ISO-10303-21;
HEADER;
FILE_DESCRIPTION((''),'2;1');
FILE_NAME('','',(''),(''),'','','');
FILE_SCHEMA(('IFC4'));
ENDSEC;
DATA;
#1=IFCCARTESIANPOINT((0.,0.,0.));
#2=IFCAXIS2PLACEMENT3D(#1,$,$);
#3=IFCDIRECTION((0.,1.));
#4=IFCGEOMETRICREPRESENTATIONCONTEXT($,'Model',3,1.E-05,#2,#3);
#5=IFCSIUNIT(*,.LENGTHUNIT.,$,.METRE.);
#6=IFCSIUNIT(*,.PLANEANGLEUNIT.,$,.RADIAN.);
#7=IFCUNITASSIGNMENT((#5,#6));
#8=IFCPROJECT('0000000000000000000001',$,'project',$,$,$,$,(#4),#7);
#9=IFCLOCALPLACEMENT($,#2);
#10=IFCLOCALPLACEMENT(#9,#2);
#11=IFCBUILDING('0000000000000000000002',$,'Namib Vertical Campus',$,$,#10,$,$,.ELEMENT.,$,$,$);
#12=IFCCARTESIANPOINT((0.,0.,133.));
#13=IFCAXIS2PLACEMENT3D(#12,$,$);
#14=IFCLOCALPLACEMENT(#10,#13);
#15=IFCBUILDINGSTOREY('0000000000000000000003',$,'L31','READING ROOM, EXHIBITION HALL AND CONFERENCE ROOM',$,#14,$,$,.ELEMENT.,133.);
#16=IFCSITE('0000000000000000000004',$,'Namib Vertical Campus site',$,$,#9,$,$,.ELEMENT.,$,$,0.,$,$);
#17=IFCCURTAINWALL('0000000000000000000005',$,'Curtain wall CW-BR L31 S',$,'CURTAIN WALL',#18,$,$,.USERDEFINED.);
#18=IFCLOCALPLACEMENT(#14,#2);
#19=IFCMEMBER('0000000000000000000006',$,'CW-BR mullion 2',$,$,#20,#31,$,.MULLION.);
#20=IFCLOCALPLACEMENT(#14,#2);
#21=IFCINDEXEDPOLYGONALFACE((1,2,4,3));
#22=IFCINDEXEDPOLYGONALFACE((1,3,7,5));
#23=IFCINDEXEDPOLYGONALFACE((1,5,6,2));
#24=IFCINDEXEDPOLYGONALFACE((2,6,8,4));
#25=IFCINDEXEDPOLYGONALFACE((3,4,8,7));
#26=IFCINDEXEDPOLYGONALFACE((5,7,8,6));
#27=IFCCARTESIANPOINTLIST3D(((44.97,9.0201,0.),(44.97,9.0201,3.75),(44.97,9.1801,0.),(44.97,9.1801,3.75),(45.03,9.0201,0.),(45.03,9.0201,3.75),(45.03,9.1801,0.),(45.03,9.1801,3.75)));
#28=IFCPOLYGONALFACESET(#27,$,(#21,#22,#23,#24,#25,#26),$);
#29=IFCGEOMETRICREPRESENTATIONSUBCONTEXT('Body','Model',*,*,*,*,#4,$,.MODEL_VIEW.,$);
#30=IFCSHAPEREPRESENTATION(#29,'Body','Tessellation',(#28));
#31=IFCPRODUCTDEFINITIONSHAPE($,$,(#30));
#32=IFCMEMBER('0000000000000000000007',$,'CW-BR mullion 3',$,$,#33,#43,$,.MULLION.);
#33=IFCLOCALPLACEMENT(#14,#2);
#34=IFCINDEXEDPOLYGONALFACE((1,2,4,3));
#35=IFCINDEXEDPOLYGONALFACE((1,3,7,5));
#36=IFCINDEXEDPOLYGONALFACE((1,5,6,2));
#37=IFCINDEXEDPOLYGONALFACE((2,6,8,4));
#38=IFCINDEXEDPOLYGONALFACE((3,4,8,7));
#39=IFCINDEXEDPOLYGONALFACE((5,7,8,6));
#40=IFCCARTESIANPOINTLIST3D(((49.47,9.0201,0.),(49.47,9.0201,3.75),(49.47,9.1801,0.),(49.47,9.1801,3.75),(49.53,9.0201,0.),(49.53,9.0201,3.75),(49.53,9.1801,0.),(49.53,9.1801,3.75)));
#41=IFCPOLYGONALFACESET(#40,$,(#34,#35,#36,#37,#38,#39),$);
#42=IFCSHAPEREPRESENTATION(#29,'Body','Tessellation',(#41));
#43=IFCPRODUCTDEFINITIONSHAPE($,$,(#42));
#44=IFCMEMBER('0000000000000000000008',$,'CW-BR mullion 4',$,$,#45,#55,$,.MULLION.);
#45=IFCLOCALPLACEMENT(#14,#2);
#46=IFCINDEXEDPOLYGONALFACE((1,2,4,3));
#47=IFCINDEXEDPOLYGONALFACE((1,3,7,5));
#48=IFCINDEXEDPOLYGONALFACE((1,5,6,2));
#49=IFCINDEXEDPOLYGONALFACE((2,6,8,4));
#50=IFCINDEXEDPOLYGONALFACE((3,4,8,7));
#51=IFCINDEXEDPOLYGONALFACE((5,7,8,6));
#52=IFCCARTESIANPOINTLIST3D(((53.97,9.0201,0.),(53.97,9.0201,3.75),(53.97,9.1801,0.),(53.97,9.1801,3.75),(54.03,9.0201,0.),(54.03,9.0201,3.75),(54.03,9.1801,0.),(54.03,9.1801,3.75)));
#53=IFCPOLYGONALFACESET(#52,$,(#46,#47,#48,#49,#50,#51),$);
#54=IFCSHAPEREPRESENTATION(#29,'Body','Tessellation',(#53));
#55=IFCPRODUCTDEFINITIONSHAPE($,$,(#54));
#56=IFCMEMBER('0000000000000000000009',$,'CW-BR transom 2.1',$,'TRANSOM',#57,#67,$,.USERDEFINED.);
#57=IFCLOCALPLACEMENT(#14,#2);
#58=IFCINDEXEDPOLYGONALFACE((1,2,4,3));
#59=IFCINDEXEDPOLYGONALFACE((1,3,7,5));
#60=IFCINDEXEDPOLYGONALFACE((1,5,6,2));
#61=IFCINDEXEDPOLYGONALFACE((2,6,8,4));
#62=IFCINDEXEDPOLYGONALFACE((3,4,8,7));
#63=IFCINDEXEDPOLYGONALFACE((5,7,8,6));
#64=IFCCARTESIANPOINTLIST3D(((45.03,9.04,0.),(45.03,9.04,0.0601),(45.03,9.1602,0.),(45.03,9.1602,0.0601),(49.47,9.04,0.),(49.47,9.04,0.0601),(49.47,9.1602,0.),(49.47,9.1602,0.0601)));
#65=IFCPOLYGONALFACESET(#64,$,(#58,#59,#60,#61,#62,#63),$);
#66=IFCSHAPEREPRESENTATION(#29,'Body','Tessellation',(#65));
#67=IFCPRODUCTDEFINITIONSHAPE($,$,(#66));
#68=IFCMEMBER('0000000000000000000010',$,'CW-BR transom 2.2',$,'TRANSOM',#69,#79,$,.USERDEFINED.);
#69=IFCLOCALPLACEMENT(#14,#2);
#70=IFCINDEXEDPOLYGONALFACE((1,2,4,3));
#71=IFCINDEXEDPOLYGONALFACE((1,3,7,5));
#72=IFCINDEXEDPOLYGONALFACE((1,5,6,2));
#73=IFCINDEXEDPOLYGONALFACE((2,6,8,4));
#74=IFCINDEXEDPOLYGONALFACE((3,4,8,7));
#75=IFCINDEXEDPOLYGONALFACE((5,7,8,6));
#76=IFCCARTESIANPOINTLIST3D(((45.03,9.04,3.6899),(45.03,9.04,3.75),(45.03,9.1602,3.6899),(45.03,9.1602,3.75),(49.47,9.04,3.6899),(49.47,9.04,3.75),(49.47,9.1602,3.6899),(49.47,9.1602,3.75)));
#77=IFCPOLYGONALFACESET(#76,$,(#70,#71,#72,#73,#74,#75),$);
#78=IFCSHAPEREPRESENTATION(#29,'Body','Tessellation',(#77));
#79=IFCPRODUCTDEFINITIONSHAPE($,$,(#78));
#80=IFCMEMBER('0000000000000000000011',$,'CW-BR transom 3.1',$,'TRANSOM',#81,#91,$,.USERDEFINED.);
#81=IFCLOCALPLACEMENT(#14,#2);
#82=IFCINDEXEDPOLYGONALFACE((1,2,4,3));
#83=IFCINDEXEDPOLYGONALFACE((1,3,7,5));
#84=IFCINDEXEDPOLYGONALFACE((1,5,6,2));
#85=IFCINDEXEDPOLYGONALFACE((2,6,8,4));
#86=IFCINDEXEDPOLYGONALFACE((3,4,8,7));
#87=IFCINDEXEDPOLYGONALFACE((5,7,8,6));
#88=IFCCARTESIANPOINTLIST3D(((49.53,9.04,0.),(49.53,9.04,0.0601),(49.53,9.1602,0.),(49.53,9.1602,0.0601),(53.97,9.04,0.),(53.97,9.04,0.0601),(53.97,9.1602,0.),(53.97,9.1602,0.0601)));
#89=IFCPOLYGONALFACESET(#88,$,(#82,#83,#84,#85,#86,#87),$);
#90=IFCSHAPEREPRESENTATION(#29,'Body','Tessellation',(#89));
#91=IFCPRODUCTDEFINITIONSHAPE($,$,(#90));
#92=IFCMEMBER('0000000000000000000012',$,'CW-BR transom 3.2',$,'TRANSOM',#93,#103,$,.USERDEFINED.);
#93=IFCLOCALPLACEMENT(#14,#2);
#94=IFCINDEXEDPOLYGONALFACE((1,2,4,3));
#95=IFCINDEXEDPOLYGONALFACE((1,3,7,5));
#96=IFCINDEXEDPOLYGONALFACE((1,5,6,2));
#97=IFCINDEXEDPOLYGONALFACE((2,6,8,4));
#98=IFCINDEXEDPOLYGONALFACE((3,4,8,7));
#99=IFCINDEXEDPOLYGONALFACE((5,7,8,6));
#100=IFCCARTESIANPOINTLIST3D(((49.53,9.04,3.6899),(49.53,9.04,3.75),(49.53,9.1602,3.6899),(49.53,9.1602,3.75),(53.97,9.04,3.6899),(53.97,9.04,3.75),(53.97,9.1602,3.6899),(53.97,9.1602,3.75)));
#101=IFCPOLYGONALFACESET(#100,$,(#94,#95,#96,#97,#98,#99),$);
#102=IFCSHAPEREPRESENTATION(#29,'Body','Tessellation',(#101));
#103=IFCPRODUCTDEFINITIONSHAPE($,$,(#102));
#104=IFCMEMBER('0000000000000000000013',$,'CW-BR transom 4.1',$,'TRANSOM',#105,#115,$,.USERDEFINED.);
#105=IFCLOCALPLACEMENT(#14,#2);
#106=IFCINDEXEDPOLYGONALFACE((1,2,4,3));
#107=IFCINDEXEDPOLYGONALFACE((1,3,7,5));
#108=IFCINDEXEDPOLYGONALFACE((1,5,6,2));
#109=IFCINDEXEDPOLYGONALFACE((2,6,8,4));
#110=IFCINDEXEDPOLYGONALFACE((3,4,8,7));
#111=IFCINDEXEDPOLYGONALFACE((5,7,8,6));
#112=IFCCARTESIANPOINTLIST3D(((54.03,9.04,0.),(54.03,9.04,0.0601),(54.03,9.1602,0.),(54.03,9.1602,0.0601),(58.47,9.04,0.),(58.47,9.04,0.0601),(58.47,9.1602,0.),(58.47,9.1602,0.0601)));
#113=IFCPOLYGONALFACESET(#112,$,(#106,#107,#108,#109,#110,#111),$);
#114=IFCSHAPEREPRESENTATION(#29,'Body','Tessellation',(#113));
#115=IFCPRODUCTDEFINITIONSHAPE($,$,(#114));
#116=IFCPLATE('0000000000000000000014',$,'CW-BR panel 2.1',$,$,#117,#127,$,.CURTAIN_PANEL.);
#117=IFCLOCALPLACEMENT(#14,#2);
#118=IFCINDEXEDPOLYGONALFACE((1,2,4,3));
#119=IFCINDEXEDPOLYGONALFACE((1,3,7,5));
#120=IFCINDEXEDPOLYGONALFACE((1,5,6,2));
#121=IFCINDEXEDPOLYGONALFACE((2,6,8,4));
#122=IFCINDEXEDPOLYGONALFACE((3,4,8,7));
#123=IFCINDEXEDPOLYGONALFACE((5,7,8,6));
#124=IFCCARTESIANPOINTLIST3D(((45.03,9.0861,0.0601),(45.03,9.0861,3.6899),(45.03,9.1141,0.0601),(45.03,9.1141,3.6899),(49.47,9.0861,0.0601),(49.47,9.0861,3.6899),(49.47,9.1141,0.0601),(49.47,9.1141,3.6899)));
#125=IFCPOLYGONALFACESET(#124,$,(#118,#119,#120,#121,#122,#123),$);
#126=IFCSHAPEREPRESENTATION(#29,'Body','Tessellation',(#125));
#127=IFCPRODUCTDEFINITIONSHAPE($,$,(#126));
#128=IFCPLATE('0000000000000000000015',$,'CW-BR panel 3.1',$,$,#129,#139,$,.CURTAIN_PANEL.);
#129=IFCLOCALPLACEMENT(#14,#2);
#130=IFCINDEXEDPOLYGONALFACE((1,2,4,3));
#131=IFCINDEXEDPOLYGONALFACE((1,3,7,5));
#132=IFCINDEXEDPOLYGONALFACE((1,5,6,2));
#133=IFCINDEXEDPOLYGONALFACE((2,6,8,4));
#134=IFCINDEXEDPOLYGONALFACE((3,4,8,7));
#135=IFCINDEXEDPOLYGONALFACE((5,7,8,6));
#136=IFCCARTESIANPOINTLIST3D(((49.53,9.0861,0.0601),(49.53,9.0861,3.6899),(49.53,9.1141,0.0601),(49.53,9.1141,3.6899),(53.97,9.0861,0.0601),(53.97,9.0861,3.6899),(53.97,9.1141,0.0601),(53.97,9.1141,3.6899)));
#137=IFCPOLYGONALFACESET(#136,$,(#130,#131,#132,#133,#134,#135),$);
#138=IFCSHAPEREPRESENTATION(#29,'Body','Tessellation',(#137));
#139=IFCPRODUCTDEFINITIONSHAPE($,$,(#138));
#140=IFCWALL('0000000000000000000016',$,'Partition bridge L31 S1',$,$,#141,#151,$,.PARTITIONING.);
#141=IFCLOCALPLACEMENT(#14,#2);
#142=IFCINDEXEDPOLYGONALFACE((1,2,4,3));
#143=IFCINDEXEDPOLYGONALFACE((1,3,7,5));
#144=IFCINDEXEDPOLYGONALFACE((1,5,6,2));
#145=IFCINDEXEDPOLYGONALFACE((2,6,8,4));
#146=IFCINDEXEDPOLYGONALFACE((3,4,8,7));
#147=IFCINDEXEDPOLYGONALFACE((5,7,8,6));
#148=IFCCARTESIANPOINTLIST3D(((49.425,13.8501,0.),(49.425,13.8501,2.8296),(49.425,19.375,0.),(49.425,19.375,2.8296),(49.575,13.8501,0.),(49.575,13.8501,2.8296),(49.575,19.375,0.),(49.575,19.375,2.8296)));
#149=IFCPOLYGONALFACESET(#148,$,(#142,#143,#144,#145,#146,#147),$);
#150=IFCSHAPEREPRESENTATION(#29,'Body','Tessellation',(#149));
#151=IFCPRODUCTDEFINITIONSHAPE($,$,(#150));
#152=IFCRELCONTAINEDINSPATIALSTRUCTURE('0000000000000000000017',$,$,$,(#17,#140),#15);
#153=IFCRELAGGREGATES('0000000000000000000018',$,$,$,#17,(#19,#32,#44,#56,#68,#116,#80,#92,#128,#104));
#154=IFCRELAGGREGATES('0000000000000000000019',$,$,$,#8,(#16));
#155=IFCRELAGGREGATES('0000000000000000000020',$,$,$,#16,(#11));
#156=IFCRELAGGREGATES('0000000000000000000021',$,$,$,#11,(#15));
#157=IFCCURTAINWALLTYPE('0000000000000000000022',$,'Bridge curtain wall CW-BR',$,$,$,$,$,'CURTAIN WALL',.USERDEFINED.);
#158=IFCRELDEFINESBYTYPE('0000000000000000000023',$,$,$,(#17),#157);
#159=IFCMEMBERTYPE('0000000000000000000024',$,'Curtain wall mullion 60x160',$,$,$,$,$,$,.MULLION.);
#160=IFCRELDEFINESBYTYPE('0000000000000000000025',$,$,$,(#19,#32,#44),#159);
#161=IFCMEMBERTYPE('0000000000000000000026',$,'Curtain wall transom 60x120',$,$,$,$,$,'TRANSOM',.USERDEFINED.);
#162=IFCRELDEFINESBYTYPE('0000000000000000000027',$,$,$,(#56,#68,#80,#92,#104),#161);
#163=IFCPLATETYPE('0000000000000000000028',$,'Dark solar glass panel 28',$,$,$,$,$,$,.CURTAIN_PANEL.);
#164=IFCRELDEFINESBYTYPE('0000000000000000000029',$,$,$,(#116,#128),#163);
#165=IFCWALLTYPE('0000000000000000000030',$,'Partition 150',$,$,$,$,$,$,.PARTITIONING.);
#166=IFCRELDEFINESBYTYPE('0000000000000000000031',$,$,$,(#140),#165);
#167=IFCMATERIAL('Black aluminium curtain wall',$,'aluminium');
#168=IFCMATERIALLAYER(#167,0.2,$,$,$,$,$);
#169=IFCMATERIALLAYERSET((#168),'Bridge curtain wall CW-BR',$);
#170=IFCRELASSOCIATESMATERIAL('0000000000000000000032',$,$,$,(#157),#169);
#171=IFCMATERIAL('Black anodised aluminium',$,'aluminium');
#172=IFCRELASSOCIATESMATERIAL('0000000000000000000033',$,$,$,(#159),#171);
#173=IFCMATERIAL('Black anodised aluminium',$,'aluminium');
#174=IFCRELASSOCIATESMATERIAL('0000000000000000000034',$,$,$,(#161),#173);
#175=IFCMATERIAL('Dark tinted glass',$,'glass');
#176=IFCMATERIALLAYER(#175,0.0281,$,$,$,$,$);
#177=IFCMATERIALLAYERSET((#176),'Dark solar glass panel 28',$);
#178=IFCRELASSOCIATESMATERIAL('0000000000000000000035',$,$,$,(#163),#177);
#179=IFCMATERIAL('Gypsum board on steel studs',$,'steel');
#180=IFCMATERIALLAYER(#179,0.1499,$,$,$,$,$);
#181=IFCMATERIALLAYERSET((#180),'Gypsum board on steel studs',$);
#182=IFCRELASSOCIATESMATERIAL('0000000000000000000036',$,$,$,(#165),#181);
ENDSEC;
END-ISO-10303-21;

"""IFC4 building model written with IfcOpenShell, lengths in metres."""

from ifc_helpers import new_model, si_unit, direction, frame, frame_2d, origin, origin_2d, place, context, subcontext, project, spatial, rectangle, extrude, material, layer, layer_set, material_profile, profile_set, type_object, element, aggregate, save


model = new_model("IFC4")

# Units and contexts
model_context = context("Model", 3, precision=1e-05, world=origin(), true_north=direction((0.0, 1.0)))
body_context = subcontext(model_context, "Body", "Model", "MODEL_VIEW")
ifc_project = project(units=[si_unit("LENGTHUNIT", "METRE"), si_unit("PLANEANGLEUNIT", "RADIAN")], contexts=[model_context])

# Site, building, storey
site_placement = place(None, origin())
site = spatial("IfcSite", under=ifc_project, at=site_placement, Name="Namib Vertical Campus site", CompositionType="ELEMENT", RefElevation=0.0)
building_placement = place(site_placement, origin())
building = spatial("IfcBuilding", under=site, at=building_placement, Name="Namib Vertical Campus", CompositionType="ELEMENT")
storey_placement = place(building_placement, frame((0.0, 0.0, 133.0)))
storey = spatial("IfcBuildingStorey", under=building, at=storey_placement, Name="L31", Description="READING ROOM, EXHIBITION HALL AND CONFERENCE ROOM", CompositionType="ELEMENT", Elevation=133.0)

# Curtain wall, members, plates
ifc_material_1 = material(Name="Black aluminium curtain wall", Category="aluminium")
ifc_layer_1 = layer(ifc_material_1, 0.2)
ifc_layer_set_1 = layer_set([ifc_layer_1], Name="Bridge curtain wall CW-BR")
curtain_wall_type = type_object("IfcCurtainWallType", Name="Bridge curtain wall CW-BR", ElementType="CURTAIN WALL", PredefinedType="USERDEFINED", material=ifc_layer_set_1)
curtain_wall_placement = place(storey_placement, origin())
curtain_wall = element("IfcCurtainWall", 1, at=curtain_wall_placement, inside=storey, type_object=curtain_wall_type, Name="Curtain wall CW-BR L31 S", ObjectType="CURTAIN WALL", PredefinedType="USERDEFINED")
ifc_material_2 = material(Name="Black anodised aluminium", Category="aluminium")
ifc_material_profile_1 = material_profile(ifc_material_2, rectangle(XDim=0.0601, YDim=0.1599, at=origin_2d()))
ifc_profile_set_1 = profile_set([ifc_material_profile_1], Name="Black anodised aluminium")
member_type_1 = type_object("IfcMemberType", Name="Curtain wall mullion 60x160", PredefinedType="MULLION", material=ifc_profile_set_1)
member_1_placement = place(storey_placement, frame((45.0, 9.1001, 0.0), z_axis=(0.0, 0.0, 1.0), x_axis=(1.0, 0.0, 0.0)))
member_1 = element("IfcMember", 2, at=member_1_placement, type_object=member_type_1, Name="CW-BR mullion 2", PredefinedType="MULLION", context=body_context, shape_type="SweptSolid", body=[
    extrude(rectangle(XDim=0.0601, YDim=0.1599, at=origin_2d()), origin(), (0.0, 0.0, 1.0), 3.75),
])
member_2_placement = place(storey_placement, frame((49.5, 9.1001, 0.0), z_axis=(0.0, 0.0, 1.0), x_axis=(1.0, 0.0, 0.0)))
member_2 = element("IfcMember", 3, at=member_2_placement, type_object=member_type_1, Name="CW-BR mullion 3", PredefinedType="MULLION", context=body_context, shape_type="SweptSolid", body=[
    extrude(rectangle(XDim=0.0601, YDim=0.1599, at=origin_2d()), origin(), (0.0, 0.0, 1.0), 3.75),
])
member_3_placement = place(storey_placement, frame((54.0, 9.1001, 0.0), z_axis=(0.0, 0.0, 1.0), x_axis=(1.0, 0.0, 0.0)))
member_3 = element("IfcMember", 4, at=member_3_placement, type_object=member_type_1, Name="CW-BR mullion 4", PredefinedType="MULLION", context=body_context, shape_type="SweptSolid", body=[
    extrude(rectangle(XDim=0.0601, YDim=0.1599, at=origin_2d()), origin(), (0.0, 0.0, 1.0), 3.75),
])
ifc_material_3 = material(Name="Black anodised aluminium", Category="aluminium")
ifc_material_profile_2 = material_profile(ifc_material_3, rectangle(XDim=0.0601, YDim=0.1201, at=origin_2d()))
ifc_profile_set_2 = profile_set([ifc_material_profile_2], Name="Black anodised aluminium")
member_type_2 = type_object("IfcMemberType", Name="Curtain wall transom 60x120", ElementType="TRANSOM", PredefinedType="USERDEFINED", material=ifc_profile_set_2)
member_4_placement = place(storey_placement, frame((45.03, 9.1001, 0.03), z_axis=(1.0, 0.0, 0.0), x_axis=(0.0, 0.0, 1.0)))
member_4 = element("IfcMember", 5, at=member_4_placement, type_object=member_type_2, Name="CW-BR transom 2.1", ObjectType="TRANSOM", PredefinedType="USERDEFINED", context=body_context, shape_type="SweptSolid", body=[
    extrude(rectangle(XDim=0.0601, YDim=0.1201, at=origin_2d()), origin(), (0.0, 0.0, 1.0), 4.4399),
])
member_5_placement = place(storey_placement, frame((45.03, 9.1001, 3.72), z_axis=(1.0, 0.0, 0.0), x_axis=(0.0, 0.0, 1.0)))
member_5 = element("IfcMember", 6, at=member_5_placement, type_object=member_type_2, Name="CW-BR transom 2.2", ObjectType="TRANSOM", PredefinedType="USERDEFINED", context=body_context, shape_type="SweptSolid", body=[
    extrude(rectangle(XDim=0.0601, YDim=0.1201, at=origin_2d()), origin(), (0.0, 0.0, 1.0), 4.4399),
])
member_6_placement = place(storey_placement, frame((49.53, 9.1001, 0.03), z_axis=(1.0, 0.0, 0.0), x_axis=(0.0, 0.0, 1.0)))
member_6 = element("IfcMember", 7, at=member_6_placement, type_object=member_type_2, Name="CW-BR transom 3.1", ObjectType="TRANSOM", PredefinedType="USERDEFINED", context=body_context, shape_type="SweptSolid", body=[
    extrude(rectangle(XDim=0.0601, YDim=0.1201, at=origin_2d()), origin(), (0.0, 0.0, 1.0), 4.4399),
])
member_7_placement = place(storey_placement, frame((49.53, 9.1001, 3.72), z_axis=(1.0, 0.0, 0.0), x_axis=(0.0, 0.0, 1.0)))
member_7 = element("IfcMember", 8, at=member_7_placement, type_object=member_type_2, Name="CW-BR transom 3.2", ObjectType="TRANSOM", PredefinedType="USERDEFINED", context=body_context, shape_type="SweptSolid", body=[
    extrude(rectangle(XDim=0.0601, YDim=0.1201, at=origin_2d()), origin(), (0.0, 0.0, 1.0), 4.4399),
])
member_8_placement = place(storey_placement, frame((54.03, 9.1001, 0.03), z_axis=(1.0, 0.0, 0.0), x_axis=(0.0, 0.0, 1.0)))
member_8 = element("IfcMember", 9, at=member_8_placement, type_object=member_type_2, Name="CW-BR transom 4.1", ObjectType="TRANSOM", PredefinedType="USERDEFINED", context=body_context, shape_type="SweptSolid", body=[
    extrude(rectangle(XDim=0.0601, YDim=0.1201, at=origin_2d()), origin(), (0.0, 0.0, 1.0), 4.4399),
])
ifc_material_4 = material(Name="Dark tinted glass", Category="glass")
ifc_layer_2 = layer(ifc_material_4, 0.0281)
ifc_layer_set_2 = layer_set([ifc_layer_2], Name="Dark solar glass panel 28")
plate_type = type_object("IfcPlateType", Name="Dark solar glass panel 28", PredefinedType="CURTAIN_PANEL", material=ifc_layer_set_2)
plate_1_placement = place(storey_placement, frame((47.25, 9.1001, 0.0601), z_axis=(0.0, 0.0, 1.0), x_axis=(1.0, 0.0, 0.0)))
plate_1 = element("IfcPlate", 10, at=plate_1_placement, type_object=plate_type, Name="CW-BR panel 2.1", PredefinedType="CURTAIN_PANEL", context=body_context, shape_type="SweptSolid", body=[
    extrude(rectangle(XDim=4.4399, YDim=0.0281, at=origin_2d()), origin(), (0.0, 0.0, 1.0), 3.6299),
])
plate_2_placement = place(storey_placement, frame((51.75, 9.1001, 0.0601), z_axis=(0.0, 0.0, 1.0), x_axis=(1.0, 0.0, 0.0)))
plate_2 = element("IfcPlate", 11, at=plate_2_placement, type_object=plate_type, Name="CW-BR panel 3.1", PredefinedType="CURTAIN_PANEL", context=body_context, shape_type="SweptSolid", body=[
    extrude(rectangle(XDim=4.4399, YDim=0.0281, at=origin_2d()), origin(), (0.0, 0.0, 1.0), 3.6299),
])
aggregate(curtain_wall, [member_1, member_2, member_3, member_4, member_5, plate_1, member_6, member_7, plate_2, member_8])

# Wall
ifc_material_5 = material(Name="Gypsum board on steel studs", Category="steel")
ifc_layer_3 = layer(ifc_material_5, 0.1499)
ifc_layer_set_3 = layer_set([ifc_layer_3], Name="Gypsum board on steel studs")
wall_type = type_object("IfcWallType", Name="Partition 150", PredefinedType="PARTITIONING", material=ifc_layer_set_3)
wall_placement = place(storey_placement, frame((49.5, 13.8501, 0.0), z_axis=(0.0, 0.0, 1.0), x_axis=(0.0, 1.0, 0.0)))
element("IfcWall", 12, at=wall_placement, inside=storey, type_object=wall_type, Name="Partition bridge L31 S1", PredefinedType="PARTITIONING", context=body_context, shape_type="SweptSolid", body=[
    extrude(rectangle(XDim=5.5249, YDim=0.1499, at=frame_2d((2.7625, 0.0))), origin(), (0.0, 0.0, 1.0), 2.8296),
])

save(model, "model.ifc")
